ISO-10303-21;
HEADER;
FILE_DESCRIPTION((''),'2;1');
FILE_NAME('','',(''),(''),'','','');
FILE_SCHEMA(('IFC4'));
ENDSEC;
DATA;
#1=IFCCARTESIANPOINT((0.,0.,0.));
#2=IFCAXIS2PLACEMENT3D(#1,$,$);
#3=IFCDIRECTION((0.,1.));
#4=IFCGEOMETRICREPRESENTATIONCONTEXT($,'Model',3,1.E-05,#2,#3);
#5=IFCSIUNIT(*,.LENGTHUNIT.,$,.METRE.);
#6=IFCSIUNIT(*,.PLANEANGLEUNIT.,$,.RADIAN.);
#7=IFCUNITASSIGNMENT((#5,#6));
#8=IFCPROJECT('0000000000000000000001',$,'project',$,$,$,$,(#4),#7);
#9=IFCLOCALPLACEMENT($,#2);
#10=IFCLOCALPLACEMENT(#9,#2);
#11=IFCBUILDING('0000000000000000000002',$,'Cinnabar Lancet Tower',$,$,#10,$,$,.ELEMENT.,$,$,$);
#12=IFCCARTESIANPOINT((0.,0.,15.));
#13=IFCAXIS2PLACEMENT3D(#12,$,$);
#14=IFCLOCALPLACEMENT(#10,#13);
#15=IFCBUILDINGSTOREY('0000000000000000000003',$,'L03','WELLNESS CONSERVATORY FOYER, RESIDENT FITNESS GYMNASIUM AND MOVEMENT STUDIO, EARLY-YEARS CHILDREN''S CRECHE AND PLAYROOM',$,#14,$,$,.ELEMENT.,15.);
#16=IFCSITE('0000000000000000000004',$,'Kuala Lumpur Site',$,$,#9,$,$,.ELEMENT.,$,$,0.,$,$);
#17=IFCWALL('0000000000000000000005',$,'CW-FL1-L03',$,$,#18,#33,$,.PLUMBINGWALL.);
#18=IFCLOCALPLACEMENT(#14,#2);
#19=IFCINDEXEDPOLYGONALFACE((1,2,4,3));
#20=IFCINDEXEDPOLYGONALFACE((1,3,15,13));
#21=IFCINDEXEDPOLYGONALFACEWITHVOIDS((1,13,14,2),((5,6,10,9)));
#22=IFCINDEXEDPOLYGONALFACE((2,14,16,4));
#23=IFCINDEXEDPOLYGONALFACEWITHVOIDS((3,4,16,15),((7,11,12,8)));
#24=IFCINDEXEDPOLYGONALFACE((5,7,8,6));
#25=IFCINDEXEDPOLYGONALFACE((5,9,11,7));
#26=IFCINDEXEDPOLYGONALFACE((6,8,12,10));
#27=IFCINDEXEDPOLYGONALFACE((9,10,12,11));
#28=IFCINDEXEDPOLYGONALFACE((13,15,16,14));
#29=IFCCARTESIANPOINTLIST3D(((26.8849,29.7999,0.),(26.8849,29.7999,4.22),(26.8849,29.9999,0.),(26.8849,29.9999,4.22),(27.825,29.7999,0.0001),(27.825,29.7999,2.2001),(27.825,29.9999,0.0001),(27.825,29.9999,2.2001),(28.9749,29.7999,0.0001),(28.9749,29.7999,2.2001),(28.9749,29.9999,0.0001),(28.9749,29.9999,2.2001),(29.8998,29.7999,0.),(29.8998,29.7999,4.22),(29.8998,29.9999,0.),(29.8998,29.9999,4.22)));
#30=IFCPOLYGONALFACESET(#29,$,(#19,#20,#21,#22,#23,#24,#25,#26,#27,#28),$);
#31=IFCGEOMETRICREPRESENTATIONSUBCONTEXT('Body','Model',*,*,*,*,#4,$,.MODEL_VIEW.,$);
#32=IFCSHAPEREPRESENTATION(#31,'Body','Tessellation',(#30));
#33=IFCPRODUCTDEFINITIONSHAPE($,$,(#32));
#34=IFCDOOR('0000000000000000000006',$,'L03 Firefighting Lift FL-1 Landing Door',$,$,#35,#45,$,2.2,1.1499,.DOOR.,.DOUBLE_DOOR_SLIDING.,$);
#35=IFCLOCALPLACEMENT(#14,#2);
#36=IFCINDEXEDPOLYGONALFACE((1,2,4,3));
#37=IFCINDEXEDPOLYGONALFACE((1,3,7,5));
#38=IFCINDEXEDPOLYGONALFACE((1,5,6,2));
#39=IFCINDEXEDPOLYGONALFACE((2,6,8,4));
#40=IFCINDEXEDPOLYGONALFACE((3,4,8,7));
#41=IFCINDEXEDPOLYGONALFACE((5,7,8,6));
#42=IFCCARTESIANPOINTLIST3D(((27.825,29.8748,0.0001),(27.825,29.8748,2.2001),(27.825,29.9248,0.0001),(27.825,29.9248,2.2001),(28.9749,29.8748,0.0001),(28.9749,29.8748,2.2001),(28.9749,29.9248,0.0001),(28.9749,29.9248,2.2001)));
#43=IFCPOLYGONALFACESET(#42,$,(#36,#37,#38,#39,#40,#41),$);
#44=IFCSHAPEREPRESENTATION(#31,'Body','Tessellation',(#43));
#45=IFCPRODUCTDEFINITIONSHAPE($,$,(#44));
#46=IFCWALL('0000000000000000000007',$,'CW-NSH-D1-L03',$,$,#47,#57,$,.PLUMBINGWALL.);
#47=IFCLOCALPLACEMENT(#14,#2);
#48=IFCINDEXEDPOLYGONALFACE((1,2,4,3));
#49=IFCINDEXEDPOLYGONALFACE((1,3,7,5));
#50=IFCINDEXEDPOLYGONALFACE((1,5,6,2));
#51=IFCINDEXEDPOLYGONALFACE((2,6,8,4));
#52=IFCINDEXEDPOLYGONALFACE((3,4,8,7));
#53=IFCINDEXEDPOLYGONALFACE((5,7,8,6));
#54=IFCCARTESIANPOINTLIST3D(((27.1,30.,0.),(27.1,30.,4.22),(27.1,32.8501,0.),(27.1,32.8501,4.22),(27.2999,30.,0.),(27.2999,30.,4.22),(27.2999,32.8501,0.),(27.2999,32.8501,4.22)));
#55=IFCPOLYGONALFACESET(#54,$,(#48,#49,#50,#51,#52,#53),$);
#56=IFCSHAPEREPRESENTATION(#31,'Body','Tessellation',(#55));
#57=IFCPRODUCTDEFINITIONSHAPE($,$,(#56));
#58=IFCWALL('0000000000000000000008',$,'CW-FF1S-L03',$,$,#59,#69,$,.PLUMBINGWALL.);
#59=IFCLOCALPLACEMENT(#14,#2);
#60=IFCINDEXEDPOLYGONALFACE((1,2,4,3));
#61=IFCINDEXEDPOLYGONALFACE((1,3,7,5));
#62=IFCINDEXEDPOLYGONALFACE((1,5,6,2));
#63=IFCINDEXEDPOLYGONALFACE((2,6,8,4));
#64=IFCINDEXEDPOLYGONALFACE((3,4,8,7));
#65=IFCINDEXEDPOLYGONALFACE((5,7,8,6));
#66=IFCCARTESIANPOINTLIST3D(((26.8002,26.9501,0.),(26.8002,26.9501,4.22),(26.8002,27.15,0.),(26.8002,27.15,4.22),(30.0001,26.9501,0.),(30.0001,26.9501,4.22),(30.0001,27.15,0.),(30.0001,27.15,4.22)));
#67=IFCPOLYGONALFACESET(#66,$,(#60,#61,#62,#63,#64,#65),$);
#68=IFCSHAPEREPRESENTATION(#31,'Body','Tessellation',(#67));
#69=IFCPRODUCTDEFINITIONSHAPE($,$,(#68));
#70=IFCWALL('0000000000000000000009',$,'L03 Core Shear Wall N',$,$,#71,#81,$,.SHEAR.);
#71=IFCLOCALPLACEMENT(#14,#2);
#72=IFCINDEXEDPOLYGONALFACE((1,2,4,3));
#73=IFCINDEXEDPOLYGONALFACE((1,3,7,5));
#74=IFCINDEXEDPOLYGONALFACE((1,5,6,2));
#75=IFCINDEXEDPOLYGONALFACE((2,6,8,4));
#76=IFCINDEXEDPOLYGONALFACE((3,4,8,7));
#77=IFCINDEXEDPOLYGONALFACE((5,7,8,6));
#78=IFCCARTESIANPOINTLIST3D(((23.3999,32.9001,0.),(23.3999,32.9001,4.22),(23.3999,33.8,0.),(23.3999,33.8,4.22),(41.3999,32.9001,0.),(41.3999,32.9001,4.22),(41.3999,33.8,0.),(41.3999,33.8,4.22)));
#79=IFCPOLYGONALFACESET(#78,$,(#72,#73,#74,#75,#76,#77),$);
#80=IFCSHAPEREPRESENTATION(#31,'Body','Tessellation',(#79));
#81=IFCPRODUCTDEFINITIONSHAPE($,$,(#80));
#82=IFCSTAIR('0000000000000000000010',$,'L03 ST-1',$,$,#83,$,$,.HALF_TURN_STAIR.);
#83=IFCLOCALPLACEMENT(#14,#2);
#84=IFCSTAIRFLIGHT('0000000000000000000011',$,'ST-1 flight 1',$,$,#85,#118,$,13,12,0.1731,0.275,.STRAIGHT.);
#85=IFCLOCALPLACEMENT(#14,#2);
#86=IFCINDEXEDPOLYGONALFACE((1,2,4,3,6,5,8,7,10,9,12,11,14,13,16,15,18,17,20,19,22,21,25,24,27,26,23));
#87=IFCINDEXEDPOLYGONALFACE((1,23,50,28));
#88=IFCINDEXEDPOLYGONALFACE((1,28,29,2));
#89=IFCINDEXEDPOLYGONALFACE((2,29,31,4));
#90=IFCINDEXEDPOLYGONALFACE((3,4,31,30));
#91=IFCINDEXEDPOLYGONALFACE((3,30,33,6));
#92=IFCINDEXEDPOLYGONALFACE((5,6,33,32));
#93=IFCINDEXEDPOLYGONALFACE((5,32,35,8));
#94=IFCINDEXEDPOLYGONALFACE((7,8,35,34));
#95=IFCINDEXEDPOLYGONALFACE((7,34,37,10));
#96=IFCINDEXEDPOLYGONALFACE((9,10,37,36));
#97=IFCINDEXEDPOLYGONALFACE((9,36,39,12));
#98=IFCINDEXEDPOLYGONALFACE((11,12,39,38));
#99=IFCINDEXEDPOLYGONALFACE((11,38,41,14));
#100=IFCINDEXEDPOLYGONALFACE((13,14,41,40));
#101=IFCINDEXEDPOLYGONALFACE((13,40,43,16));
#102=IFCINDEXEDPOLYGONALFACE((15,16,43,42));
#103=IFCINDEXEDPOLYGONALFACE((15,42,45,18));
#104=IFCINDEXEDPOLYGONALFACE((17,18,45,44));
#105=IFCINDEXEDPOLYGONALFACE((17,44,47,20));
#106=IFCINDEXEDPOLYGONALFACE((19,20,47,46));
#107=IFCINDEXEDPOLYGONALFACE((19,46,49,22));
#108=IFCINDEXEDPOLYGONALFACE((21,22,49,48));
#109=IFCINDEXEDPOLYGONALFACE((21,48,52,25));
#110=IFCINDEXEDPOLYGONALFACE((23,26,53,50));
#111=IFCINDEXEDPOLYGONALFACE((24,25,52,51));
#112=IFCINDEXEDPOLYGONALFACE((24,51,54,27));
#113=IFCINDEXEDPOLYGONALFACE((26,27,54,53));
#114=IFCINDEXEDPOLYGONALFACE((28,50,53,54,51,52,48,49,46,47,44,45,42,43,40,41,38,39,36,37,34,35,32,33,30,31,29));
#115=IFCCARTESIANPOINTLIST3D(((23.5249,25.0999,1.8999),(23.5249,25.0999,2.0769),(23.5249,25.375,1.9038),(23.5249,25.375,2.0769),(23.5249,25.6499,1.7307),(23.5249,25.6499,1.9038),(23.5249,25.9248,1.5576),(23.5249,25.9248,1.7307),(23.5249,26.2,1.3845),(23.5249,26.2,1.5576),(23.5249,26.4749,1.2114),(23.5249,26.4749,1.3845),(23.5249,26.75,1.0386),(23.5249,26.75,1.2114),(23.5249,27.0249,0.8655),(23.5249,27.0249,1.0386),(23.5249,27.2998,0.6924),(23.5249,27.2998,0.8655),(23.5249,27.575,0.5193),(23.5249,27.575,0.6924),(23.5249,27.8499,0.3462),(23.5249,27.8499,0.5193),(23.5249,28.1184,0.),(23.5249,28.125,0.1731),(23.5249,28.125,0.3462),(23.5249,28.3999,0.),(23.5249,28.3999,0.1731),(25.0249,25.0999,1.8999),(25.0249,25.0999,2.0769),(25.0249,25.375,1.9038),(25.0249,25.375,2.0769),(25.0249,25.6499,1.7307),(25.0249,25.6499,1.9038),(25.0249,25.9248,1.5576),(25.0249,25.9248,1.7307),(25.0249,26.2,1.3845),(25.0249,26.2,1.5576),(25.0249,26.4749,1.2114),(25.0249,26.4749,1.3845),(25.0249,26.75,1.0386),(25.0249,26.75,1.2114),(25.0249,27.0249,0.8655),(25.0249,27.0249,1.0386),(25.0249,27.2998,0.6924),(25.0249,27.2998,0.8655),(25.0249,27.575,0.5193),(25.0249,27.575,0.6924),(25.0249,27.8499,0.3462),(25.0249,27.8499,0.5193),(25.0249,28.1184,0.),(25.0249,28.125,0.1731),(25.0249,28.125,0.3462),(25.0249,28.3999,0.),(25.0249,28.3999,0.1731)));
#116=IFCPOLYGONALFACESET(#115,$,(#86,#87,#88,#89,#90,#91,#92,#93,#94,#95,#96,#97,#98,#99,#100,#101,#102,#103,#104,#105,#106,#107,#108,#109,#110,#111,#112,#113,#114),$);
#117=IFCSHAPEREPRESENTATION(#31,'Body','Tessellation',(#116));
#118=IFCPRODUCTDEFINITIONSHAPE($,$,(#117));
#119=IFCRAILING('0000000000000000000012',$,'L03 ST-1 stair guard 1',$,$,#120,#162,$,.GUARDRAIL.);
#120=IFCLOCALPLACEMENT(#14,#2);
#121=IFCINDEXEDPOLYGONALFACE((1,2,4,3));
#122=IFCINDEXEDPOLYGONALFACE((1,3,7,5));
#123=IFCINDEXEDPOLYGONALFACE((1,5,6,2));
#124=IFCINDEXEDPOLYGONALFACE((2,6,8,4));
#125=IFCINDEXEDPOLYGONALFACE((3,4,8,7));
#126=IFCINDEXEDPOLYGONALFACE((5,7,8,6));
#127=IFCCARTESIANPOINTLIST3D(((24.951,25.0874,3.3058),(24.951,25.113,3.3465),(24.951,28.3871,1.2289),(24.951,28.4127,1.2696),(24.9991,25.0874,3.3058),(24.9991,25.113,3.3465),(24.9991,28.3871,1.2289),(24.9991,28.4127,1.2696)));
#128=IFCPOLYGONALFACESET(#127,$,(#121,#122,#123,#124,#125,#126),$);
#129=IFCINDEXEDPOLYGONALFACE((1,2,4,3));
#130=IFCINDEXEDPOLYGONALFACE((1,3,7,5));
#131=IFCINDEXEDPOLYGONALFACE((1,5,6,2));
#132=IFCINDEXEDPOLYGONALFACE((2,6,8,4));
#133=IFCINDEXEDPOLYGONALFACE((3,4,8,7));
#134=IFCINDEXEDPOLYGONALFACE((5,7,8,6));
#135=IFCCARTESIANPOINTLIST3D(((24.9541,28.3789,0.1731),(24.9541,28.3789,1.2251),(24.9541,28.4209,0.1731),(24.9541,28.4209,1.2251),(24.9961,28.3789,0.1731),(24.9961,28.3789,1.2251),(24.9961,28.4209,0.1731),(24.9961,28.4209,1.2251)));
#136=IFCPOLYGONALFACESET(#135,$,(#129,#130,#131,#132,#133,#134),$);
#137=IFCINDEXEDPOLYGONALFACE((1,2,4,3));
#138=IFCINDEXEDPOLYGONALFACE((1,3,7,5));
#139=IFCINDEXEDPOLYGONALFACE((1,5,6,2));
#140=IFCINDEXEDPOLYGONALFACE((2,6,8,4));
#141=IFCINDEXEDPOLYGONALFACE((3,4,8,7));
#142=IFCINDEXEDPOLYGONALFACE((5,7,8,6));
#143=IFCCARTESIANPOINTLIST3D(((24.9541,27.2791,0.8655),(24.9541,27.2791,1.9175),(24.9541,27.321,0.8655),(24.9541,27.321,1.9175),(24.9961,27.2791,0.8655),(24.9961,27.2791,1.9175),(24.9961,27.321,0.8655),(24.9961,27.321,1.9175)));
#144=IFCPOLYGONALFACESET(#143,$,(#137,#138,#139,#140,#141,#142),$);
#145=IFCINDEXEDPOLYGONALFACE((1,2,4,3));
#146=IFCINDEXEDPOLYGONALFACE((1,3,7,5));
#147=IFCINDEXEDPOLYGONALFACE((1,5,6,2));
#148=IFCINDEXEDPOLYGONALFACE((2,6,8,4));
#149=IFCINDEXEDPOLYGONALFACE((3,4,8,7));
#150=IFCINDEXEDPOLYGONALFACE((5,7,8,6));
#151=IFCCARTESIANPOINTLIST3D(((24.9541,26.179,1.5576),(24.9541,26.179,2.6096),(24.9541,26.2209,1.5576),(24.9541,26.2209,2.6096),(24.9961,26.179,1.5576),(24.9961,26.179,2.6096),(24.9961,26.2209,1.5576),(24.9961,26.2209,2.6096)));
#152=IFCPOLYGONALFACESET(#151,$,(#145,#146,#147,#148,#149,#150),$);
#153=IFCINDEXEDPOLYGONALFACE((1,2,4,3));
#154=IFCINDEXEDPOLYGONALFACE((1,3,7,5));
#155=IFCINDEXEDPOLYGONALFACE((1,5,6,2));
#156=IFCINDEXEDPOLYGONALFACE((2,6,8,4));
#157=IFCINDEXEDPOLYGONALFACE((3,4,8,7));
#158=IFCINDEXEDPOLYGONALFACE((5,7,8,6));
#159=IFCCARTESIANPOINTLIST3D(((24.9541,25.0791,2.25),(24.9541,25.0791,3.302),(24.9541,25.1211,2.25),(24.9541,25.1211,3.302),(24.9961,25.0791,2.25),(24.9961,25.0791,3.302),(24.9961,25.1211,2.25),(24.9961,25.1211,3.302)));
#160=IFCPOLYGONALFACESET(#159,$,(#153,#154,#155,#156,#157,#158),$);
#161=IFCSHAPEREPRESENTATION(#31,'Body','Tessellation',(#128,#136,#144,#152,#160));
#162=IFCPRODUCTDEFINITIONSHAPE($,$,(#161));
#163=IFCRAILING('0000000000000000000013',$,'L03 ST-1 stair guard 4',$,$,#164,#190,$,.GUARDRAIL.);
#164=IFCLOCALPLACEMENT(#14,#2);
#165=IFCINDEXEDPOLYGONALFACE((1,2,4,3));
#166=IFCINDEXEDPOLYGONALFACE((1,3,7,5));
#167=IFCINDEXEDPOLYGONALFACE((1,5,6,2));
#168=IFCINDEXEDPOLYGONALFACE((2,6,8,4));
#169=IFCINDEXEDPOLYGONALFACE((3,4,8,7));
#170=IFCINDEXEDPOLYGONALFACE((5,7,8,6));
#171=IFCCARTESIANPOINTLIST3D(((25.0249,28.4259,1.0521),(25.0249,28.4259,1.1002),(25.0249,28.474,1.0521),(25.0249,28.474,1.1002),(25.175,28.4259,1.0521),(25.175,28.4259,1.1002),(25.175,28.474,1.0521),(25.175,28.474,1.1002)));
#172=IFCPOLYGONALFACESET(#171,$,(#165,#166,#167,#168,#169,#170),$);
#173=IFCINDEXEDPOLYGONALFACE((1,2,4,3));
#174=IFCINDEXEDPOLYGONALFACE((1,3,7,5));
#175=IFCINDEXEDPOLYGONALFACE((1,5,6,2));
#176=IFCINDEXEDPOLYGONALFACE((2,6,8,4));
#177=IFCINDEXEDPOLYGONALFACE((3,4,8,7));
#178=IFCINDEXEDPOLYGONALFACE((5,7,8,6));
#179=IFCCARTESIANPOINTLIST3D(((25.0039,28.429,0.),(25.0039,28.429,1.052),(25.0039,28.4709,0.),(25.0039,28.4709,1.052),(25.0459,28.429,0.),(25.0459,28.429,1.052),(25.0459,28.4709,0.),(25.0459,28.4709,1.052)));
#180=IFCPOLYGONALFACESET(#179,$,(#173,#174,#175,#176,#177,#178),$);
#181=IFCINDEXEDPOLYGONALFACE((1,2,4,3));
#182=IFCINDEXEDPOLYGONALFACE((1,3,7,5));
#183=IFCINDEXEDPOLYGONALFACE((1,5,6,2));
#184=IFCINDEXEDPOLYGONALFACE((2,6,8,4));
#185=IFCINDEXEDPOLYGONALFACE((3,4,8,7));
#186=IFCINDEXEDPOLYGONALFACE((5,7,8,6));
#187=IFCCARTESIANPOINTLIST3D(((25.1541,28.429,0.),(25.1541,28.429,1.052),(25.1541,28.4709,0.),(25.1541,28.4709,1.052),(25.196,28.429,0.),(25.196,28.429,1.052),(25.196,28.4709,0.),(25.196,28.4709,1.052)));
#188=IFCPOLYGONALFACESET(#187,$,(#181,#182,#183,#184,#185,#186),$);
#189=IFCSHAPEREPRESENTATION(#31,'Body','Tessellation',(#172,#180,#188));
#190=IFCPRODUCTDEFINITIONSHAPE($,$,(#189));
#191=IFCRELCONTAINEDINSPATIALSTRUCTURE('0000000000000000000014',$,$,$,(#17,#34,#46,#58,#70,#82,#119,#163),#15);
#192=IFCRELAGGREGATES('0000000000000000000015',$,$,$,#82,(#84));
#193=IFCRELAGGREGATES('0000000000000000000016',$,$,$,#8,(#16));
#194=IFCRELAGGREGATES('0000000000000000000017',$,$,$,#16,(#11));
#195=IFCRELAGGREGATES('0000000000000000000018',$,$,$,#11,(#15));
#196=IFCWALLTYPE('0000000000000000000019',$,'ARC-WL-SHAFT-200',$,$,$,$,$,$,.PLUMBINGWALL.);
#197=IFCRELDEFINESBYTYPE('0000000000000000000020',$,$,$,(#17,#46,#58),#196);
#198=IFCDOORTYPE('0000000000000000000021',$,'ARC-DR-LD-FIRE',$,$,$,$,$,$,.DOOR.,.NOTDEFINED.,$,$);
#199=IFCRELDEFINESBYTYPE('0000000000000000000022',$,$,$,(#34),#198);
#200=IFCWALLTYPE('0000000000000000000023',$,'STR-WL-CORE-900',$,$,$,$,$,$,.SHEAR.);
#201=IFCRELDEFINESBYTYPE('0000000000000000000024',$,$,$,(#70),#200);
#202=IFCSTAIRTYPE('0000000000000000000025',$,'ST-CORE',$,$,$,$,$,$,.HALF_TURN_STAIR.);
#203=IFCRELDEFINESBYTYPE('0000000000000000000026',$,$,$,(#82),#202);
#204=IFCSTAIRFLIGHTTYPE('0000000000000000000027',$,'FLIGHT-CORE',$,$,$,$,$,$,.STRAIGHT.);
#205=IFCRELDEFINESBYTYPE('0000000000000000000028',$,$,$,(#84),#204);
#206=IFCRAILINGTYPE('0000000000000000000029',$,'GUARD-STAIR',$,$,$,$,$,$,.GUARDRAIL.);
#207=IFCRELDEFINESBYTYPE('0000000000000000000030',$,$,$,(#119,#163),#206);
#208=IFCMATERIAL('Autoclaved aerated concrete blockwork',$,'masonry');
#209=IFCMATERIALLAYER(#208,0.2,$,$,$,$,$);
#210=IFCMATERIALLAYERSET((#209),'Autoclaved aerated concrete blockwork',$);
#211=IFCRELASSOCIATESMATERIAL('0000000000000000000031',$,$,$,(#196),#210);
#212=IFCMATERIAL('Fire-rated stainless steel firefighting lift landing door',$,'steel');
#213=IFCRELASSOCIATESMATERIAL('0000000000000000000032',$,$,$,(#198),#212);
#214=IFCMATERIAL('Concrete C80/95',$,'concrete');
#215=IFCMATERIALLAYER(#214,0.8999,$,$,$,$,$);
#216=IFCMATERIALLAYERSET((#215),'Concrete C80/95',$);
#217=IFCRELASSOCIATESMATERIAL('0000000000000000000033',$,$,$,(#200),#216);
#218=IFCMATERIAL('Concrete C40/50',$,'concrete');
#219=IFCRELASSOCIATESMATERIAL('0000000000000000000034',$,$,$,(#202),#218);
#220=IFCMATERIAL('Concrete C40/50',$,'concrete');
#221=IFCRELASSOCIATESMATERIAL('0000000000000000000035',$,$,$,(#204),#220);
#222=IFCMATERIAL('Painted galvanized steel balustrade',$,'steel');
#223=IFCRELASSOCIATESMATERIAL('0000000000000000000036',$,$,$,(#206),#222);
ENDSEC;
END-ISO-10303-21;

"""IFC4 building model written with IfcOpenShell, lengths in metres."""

from ifc_helpers import new_model, si_unit, direction, frame, frame_2d, origin, origin_2d, place, context, subcontext, project, spatial, polyline, rectangle, outline, extrude, material, layer, layer_set, type_object, element, fill, aggregate, save


model = new_model("IFC4")

# Units and contexts
model_context = context("Model", 3, precision=1e-05, world=origin(), true_north=direction((0.0, 1.0)))
body_context = subcontext(model_context, "Body", "Model", "MODEL_VIEW")
ifc_project = project(units=[si_unit("LENGTHUNIT", "METRE"), si_unit("PLANEANGLEUNIT", "RADIAN")], contexts=[model_context])

# Site, building, storey
site_placement = place(None, origin())
site = spatial("IfcSite", under=ifc_project, at=site_placement, Name="Kuala Lumpur Site", CompositionType="ELEMENT", RefElevation=0.0)
building_placement = place(site_placement, origin())
building = spatial("IfcBuilding", under=site, at=building_placement, Name="Cinnabar Lancet Tower", CompositionType="ELEMENT")
storey_placement = place(building_placement, frame((0.0, 0.0, 15.0)))
storey = spatial("IfcBuildingStorey", under=building, at=storey_placement, Name="L03", Description="WELLNESS CONSERVATORY FOYER, RESIDENT FITNESS GYMNASIUM AND MOVEMENT STUDIO, EARLY-YEARS CHILDREN'S CRECHE AND PLAYROOM", CompositionType="ELEMENT", Elevation=15.0)

# Wall, opening, door
ifc_material_1 = material(Name="Autoclaved aerated concrete blockwork", Category="masonry")
ifc_layer_1 = layer(ifc_material_1, 0.2)
ifc_layer_set_1 = layer_set([ifc_layer_1], Name="Autoclaved aerated concrete blockwork")
wall_type_1 = type_object("IfcWallType", Name="ARC-WL-SHAFT-200", PredefinedType="PLUMBINGWALL", material=ifc_layer_set_1)
wall_1_placement = place(storey_placement, frame((26.885, 29.8999, 0.0), z_axis=(0.0, 0.0, 1.0), x_axis=(1.0, 0.0, 0.0)))
wall_1 = element("IfcWall", 1, at=wall_1_placement, inside=storey, type_object=wall_type_1, Name="CW-FL1-L03", PredefinedType="PLUMBINGWALL", context=body_context, shape_type="SweptSolid", body=[
    extrude(rectangle(XDim=3.0149, YDim=0.2, at=frame_2d((1.5073, 0.0))), origin(), (0.0, 0.0, 1.0), 4.22),
])
opening_1_placement = place(wall_1_placement, frame((0.9399, 0.0, 0.0)))
opening_1 = element("IfcOpeningElement", 2, at=opening_1_placement, cuts=wall_1, PredefinedType="OPENING", context=body_context, shape_type="SweptSolid", body=[
    extrude(rectangle(XDim=1.1499, YDim=2.2, at=frame_2d((0.575, 1.1001))), frame((0.0, 0.1099, 0.0), z_axis=(0.0, -1.0, 0.0), x_axis=(1.0, 0.0, 0.0)), (0.0, 0.0, 1.0), 0.22),
])
ifc_material_2 = material(Name="Fire-rated stainless steel firefighting lift landing door", Category="steel")
door_type_1 = type_object("IfcDoorType", Name="ARC-DR-LD-FIRE", OperationType="NOTDEFINED", PredefinedType="DOOR", material=ifc_material_2)
door_1_placement = place(opening_1_placement, origin())
door_1 = element("IfcDoor", 3, at=door_1_placement, inside=storey, type_object=door_type_1, Name="L03 Firefighting Lift FL-1 Landing Door", OperationType="DOUBLE_DOOR_SLIDING", OverallHeight=2.2, OverallWidth=1.1499, PredefinedType="DOOR", context=body_context, shape_type="SweptSolid", body=[
    extrude(rectangle(XDim=1.1499, YDim=2.2, at=frame_2d((0.575, 1.1001))), frame((0.0, 0.0249, 0.0), z_axis=(0.0, -1.0, 0.0), x_axis=(1.0, 0.0, 0.0)), (0.0, 0.0, 1.0), 0.05),
])
fill(opening_1, door_1)

# Walls
wall_2_placement = place(storey_placement, frame((27.2, 30.0, 0.0), z_axis=(0.0, 0.0, 1.0), x_axis=(0.0, 1.0, 0.0)))
element("IfcWall", 4, at=wall_2_placement, inside=storey, type_object=wall_type_1, Name="CW-NSH-D1-L03", PredefinedType="PLUMBINGWALL", context=body_context, shape_type="SweptSolid", body=[
    extrude(rectangle(XDim=2.8501, YDim=0.2, at=frame_2d((1.425, 0.0))), origin(), (0.0, 0.0, 1.0), 4.22),
])
wall_3_placement = place(storey_placement, frame((26.8, 27.05, 0.0), z_axis=(0.0, 0.0, 1.0), x_axis=(1.0, 0.0, 0.0)))
element("IfcWall", 5, at=wall_3_placement, inside=storey, type_object=wall_type_1, Name="CW-FF1S-L03", PredefinedType="PLUMBINGWALL", context=body_context, shape_type="SweptSolid", body=[
    extrude(rectangle(XDim=3.2, YDim=0.2, at=frame_2d((1.6001, 0.0))), origin(), (0.0, 0.0, 1.0), 4.22),
])
ifc_material_3 = material(Name="Concrete C80/95", Category="concrete")
ifc_layer_2 = layer(ifc_material_3, 0.8999)
ifc_layer_set_2 = layer_set([ifc_layer_2], Name="Concrete C80/95")
wall_type_2 = type_object("IfcWallType", Name="STR-WL-CORE-900", PredefinedType="SHEAR", material=ifc_layer_set_2)
wall_4_placement = place(storey_placement, frame((23.3999, 33.3501, 0.0), z_axis=(0.0, 0.0, 1.0), x_axis=(1.0, 0.0, 0.0)))
element("IfcWall", 6, at=wall_4_placement, inside=storey, type_object=wall_type_2, Name="L03 Core Shear Wall N", PredefinedType="SHEAR", context=body_context, shape_type="SweptSolid", body=[
    extrude(rectangle(XDim=18.0, YDim=0.8999, at=frame_2d((9.0, 0.0))), origin(), (0.0, 0.0, 1.0), 4.22),
])

# Stair, stair flight
ifc_material_4 = material(Name="Concrete C40/50", Category="concrete")
stair_type = type_object("IfcStairType", Name="ST-CORE", PredefinedType="HALF_TURN_STAIR", material=ifc_material_4)
stair_placement = place(storey_placement, origin())
stair = element("IfcStair", 7, at=stair_placement, inside=storey, type_object=stair_type, Name="L03 ST-1", PredefinedType="HALF_TURN_STAIR")
ifc_material_5 = material(Name="Concrete C40/50", Category="concrete")
stair_flight_type = type_object("IfcStairFlightType", Name="FLIGHT-CORE", PredefinedType="STRAIGHT", material=ifc_material_5)
stair_flight_placement = place(storey_placement, frame((24.2749, 28.3999, 0.0), z_axis=(0.0, 0.0, 1.0), x_axis=(0.0, -1.0, 0.0)))
stair_flight = element("IfcStairFlight", 8, at=stair_flight_placement, type_object=stair_flight_type, Name="ST-1 flight 1", NumberOfRisers=13, NumberOfTreads=12, PredefinedType="STRAIGHT", RiserHeight=0.1731, TreadLength=0.275, context=body_context, shape_type="SweptSolid", body=[
    extrude(outline(polyline([(0.0, 0.0), (0.0, 0.1731), (0.2749, 0.1731), (0.2749, 0.3462), (0.55, 0.3462), (0.55, 0.5193), (0.825, 0.5193), (0.825, 0.6924), (1.1001, 0.6924), (1.1001, 0.8655), (1.375, 0.8655), (1.375, 1.0386), (1.6499, 1.0386), (1.6499, 1.2114), (1.925, 1.2114), (1.925, 1.3845), (2.2, 1.3845), (2.2, 1.5576), (2.4751, 1.5576), (2.4751, 1.7307), (2.75, 1.7307), (2.75, 1.9038), (3.0249, 1.9038), (3.0249, 2.0769), (3.3, 2.0769), (3.3, 2.25), (3.3, 1.8999), (0.2815, 0.0), (0.0, 0.0)])), frame((0.0, 0.75, 0.0), z_axis=(0.0, -1.0, 0.0), x_axis=(1.0, 0.0, 0.0)), (0.0, 0.0, 1.0), 1.5),
])
aggregate(stair, [stair_flight])

# Railings
ifc_material_6 = material(Name="Painted galvanized steel balustrade", Category="steel")
railing_type_1 = type_object("IfcRailingType", Name="GUARD-STAIR", PredefinedType="GUARDRAIL", material=ifc_material_6)
railing_1_placement = place(storey_placement, frame((24.9751, 28.3999, 0.1731)))
element("IfcRailing", 9, at=railing_1_placement, inside=storey, type_object=railing_type_1, Name="L03 ST-1 stair guard 1", PredefinedType="GUARDRAIL", context=body_context, shape_type="SweptSolid", body=[
    extrude(rectangle(XDim=0.0481, YDim=0.0481, at=origin_2d()), frame((0.0, 0.0, 1.0762), z_axis=(0.0, -0.84632, 0.532675), x_axis=(1.0, 0.0, 0.0)), (0.0, 0.0, 1.0), 3.8989),
    extrude(rectangle(XDim=0.042, YDim=0.042, at=origin_2d()), origin(), (0.0, 0.0, 1.0), 1.052),
    extrude(rectangle(XDim=0.042, YDim=0.042, at=origin_2d()), frame((0.0, -1.0999, 0.6924)), (0.0, 0.0, 1.0), 1.052),
    extrude(rectangle(XDim=0.042, YDim=0.042, at=origin_2d()), frame((0.0, -2.2, 1.3845)), (0.0, 0.0, 1.0), 1.052),
    extrude(rectangle(XDim=0.042, YDim=0.042, at=origin_2d()), frame((0.0, -3.2998, 2.0769)), (0.0, 0.0, 1.0), 1.052),
])
railing_2_placement = place(storey_placement, frame((25.0249, 28.45, 0.0)))
element("IfcRailing", 10, at=railing_2_placement, inside=storey, type_object=railing_type_1, Name="L03 ST-1 stair guard 4", PredefinedType="GUARDRAIL", context=body_context, shape_type="SweptSolid", body=[
    extrude(rectangle(XDim=0.0481, YDim=0.0481, at=origin_2d()), frame((0.0, 0.0, 1.0762), z_axis=(1.0, 0.0, 0.0), x_axis=(0.0, 1.0, 0.0)), (0.0, 0.0, 1.0), 0.1501),
    extrude(rectangle(XDim=0.042, YDim=0.042, at=origin_2d()), origin(), (0.0, 0.0, 1.0), 1.052),
    extrude(rectangle(XDim=0.042, YDim=0.042, at=origin_2d()), frame((0.1501, 0.0, 0.0)), (0.0, 0.0, 1.0), 1.052),
])

save(model, "model.ifc")
